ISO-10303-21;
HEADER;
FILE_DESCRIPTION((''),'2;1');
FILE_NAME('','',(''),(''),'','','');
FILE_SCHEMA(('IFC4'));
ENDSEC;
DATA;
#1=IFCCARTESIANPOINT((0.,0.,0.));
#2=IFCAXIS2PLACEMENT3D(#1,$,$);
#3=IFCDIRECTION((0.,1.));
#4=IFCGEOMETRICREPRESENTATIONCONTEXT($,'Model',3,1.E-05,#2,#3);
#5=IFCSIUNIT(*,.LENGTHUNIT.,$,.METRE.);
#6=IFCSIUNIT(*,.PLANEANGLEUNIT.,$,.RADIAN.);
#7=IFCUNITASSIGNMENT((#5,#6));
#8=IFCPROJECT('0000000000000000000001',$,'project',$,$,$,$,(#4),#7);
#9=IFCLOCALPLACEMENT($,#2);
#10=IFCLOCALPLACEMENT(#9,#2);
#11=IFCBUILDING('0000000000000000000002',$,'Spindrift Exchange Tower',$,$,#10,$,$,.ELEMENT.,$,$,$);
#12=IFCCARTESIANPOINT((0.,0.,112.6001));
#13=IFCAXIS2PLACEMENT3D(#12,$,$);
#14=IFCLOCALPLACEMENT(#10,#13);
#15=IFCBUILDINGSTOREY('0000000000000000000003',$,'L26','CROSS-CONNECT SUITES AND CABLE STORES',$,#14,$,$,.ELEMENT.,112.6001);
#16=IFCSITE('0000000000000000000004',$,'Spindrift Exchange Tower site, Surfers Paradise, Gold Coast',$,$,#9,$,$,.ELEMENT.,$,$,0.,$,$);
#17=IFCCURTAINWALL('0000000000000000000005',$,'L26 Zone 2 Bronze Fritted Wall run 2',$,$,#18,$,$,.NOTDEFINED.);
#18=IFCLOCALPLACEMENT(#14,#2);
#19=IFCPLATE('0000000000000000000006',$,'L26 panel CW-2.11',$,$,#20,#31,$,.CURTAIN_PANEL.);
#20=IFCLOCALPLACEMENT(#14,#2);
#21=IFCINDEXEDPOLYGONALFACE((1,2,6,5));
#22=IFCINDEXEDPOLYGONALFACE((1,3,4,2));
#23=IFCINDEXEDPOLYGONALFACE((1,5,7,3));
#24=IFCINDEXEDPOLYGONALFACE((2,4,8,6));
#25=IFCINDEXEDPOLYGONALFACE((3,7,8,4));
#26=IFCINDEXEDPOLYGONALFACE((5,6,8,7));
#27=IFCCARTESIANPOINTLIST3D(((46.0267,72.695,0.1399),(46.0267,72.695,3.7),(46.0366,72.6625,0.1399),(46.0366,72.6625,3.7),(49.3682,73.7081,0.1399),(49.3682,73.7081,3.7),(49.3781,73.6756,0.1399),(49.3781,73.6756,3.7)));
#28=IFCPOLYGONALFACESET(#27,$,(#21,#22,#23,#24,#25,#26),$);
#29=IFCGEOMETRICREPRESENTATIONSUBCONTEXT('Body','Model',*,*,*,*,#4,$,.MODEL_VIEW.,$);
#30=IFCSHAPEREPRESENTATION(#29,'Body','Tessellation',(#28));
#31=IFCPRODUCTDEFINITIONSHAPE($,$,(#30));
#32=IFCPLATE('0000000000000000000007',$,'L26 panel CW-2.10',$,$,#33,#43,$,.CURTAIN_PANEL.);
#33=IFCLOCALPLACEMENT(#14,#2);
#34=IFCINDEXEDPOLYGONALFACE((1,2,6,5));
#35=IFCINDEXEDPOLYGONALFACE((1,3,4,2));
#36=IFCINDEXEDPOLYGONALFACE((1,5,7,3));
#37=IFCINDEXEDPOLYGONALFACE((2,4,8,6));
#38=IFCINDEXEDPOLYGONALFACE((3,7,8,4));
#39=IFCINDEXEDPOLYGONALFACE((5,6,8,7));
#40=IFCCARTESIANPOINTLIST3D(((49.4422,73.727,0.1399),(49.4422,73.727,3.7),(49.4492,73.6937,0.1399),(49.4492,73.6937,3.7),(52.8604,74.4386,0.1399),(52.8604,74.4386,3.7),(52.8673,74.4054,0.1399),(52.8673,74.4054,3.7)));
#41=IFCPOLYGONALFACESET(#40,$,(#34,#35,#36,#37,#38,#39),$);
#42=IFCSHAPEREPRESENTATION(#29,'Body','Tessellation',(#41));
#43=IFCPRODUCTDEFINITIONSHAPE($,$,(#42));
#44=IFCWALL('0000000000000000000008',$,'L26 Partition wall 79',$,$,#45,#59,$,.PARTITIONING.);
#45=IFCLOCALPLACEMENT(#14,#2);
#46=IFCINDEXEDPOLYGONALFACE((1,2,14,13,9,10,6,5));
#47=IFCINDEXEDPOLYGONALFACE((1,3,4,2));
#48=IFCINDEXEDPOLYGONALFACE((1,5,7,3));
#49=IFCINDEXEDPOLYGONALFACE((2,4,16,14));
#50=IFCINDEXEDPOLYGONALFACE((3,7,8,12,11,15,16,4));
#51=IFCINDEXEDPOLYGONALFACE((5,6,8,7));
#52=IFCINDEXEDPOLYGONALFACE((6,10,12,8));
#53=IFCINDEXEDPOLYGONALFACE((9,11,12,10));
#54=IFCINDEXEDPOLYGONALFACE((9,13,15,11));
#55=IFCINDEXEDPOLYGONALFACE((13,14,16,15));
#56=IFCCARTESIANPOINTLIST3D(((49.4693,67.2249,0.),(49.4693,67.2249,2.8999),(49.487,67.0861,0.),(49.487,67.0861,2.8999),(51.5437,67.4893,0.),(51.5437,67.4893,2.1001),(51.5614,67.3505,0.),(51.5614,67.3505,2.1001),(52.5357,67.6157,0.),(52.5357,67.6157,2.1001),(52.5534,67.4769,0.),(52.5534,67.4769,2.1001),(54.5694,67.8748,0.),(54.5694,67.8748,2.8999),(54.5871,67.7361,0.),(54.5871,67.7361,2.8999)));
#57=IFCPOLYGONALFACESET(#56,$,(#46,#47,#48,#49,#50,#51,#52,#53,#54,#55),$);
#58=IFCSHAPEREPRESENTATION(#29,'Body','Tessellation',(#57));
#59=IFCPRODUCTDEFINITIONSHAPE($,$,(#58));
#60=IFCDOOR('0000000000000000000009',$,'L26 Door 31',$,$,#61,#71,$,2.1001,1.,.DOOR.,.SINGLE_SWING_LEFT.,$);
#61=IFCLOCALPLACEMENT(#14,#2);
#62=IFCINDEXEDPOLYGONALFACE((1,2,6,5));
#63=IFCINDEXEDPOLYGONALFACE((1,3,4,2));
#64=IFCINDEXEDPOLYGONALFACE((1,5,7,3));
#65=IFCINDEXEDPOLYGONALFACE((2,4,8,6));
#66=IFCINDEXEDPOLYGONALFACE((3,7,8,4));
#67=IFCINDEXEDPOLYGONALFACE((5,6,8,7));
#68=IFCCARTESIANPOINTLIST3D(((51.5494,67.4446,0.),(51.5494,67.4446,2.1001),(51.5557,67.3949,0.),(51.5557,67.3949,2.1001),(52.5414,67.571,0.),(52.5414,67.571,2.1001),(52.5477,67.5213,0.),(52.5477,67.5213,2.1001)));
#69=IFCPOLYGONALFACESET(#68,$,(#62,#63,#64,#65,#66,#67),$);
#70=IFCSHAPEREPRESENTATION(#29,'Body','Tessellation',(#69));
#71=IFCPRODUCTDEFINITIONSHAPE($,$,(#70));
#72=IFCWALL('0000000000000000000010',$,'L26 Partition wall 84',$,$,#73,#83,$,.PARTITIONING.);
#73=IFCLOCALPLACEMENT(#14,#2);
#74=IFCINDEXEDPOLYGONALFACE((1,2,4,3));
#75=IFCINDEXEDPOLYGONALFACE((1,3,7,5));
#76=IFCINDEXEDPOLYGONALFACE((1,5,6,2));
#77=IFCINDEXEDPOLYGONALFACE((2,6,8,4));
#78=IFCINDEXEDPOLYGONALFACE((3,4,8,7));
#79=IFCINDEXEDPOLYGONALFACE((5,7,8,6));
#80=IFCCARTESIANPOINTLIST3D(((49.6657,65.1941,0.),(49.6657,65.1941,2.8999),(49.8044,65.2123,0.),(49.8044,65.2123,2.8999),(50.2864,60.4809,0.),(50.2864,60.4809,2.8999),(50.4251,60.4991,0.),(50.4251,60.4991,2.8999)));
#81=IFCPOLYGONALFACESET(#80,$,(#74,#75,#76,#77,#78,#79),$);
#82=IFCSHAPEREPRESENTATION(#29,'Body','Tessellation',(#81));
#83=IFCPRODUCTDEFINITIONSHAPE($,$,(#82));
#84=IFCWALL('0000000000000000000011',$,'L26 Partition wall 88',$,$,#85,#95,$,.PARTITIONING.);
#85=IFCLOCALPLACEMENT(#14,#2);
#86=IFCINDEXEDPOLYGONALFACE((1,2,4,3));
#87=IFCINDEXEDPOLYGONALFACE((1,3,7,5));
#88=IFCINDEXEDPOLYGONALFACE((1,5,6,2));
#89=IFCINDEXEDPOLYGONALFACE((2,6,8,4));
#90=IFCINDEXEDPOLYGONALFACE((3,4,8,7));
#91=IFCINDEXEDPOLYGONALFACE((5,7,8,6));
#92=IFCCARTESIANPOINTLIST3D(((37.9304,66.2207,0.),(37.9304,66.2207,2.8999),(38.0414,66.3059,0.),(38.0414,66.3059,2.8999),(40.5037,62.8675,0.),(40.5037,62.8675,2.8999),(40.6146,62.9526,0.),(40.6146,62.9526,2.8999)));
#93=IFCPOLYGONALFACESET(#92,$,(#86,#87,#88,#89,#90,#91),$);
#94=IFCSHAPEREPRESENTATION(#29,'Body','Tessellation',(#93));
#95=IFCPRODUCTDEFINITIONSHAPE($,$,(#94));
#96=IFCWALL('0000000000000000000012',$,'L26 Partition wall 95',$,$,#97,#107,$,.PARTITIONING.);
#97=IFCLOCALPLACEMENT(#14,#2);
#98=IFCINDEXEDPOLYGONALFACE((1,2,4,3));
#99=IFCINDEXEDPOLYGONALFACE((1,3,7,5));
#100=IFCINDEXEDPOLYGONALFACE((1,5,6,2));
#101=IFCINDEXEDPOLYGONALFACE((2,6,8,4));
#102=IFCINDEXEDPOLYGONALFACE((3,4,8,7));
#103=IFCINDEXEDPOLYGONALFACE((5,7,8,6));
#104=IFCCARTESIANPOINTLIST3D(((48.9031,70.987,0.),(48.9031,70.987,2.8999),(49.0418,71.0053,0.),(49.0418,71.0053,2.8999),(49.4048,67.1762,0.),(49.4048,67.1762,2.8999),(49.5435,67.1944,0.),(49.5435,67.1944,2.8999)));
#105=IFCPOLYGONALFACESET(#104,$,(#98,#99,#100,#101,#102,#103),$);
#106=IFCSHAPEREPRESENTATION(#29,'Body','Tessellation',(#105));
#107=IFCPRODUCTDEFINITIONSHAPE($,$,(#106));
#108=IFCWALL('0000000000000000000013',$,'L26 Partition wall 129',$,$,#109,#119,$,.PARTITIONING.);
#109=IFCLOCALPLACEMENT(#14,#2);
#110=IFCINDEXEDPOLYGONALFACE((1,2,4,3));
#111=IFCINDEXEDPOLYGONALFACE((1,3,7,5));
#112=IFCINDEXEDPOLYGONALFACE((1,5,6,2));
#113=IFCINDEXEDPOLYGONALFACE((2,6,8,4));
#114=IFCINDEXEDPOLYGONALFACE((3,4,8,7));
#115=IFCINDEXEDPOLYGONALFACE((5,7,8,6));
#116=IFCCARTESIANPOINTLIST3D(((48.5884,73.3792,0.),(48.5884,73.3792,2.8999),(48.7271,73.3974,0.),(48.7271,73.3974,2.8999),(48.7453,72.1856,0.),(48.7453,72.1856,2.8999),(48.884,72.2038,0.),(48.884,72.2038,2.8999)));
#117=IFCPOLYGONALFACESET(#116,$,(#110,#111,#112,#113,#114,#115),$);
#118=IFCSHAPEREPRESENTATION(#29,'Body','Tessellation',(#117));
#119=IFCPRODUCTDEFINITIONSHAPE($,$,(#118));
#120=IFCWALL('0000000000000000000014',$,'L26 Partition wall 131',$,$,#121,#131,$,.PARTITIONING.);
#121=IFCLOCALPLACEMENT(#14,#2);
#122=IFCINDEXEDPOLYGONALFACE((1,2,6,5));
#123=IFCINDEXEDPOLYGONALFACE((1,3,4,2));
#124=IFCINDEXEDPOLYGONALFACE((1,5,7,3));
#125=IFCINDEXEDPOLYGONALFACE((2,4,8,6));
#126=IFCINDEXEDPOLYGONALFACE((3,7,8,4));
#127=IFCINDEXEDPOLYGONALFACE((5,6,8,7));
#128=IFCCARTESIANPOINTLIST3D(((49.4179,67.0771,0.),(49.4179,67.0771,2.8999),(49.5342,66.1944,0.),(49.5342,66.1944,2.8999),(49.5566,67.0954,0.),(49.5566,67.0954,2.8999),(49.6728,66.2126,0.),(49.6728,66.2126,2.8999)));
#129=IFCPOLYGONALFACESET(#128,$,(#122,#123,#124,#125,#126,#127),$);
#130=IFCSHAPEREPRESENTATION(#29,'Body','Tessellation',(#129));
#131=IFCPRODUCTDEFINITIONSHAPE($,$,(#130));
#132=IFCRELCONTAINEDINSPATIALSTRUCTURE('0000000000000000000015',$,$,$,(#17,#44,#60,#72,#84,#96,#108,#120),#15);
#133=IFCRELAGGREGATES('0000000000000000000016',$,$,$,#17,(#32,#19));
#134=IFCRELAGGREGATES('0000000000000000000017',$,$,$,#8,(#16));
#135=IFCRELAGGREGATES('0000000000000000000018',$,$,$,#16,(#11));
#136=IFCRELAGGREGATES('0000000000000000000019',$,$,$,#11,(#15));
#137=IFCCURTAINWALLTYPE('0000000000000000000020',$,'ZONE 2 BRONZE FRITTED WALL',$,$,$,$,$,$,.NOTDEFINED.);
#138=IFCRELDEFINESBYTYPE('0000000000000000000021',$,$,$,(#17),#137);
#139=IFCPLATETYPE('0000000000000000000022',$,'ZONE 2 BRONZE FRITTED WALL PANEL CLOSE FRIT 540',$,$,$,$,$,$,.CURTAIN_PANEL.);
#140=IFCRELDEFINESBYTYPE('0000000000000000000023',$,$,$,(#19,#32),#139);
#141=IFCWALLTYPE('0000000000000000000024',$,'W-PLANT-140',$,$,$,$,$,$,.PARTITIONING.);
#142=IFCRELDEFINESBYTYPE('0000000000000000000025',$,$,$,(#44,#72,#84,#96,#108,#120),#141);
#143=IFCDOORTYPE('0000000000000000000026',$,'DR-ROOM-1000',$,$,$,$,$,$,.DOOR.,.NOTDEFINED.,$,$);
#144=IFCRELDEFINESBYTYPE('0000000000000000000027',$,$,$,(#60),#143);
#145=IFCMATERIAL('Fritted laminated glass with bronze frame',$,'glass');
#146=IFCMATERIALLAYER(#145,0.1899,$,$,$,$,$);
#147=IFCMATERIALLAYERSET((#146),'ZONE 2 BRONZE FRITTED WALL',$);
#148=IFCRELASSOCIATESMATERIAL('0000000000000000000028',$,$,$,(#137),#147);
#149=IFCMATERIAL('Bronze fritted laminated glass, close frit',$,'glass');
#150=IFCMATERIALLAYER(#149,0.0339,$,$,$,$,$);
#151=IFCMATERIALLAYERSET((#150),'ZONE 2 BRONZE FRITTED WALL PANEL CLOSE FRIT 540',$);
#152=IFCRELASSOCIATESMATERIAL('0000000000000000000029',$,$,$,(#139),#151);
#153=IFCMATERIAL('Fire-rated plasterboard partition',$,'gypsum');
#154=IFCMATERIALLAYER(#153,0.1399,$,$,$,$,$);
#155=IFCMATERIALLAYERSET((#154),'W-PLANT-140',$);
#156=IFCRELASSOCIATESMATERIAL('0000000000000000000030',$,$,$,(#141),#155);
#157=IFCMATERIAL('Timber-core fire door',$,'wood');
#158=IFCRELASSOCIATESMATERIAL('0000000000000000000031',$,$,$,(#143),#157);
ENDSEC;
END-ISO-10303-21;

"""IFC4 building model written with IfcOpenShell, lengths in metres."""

from ifc_helpers import new_model, si_unit, direction, frame, frame_2d, origin, origin_2d, place, context, subcontext, project, spatial, rectangle, extrude, source, transform, mapped, material, layer, layer_set, type_object, element, fill, aggregate, save


model = new_model("IFC4")

# Units and contexts
model_context = context("Model", 3, precision=1e-05, world=origin(), true_north=direction((0.0, 1.0)))
body_context = subcontext(model_context, "Body", "Model", "MODEL_VIEW")
ifc_project = project(units=[si_unit("LENGTHUNIT", "METRE"), si_unit("PLANEANGLEUNIT", "RADIAN")], contexts=[model_context])

# Site, building, storey
site_placement = place(None, origin())
site = spatial("IfcSite", under=ifc_project, at=site_placement, Name="Spindrift Exchange Tower site, Surfers Paradise, Gold Coast", CompositionType="ELEMENT", RefElevation=0.0)
building_placement = place(site_placement, origin())
building = spatial("IfcBuilding", under=site, at=building_placement, Name="Spindrift Exchange Tower", CompositionType="ELEMENT")
storey_placement = place(building_placement, frame((0.0, 0.0, 112.6001)))
storey = spatial("IfcBuildingStorey", under=building, at=storey_placement, Name="L26", Description="CROSS-CONNECT SUITES AND CABLE STORES", CompositionType="ELEMENT", Elevation=112.6001)

# Curtain wall
ifc_material_1 = material(Name="Fritted laminated glass with bronze frame", Category="glass")
ifc_layer_1 = layer(ifc_material_1, 0.1899)
ifc_layer_set_1 = layer_set([ifc_layer_1], Name="ZONE 2 BRONZE FRITTED WALL")
curtain_wall_type = type_object("IfcCurtainWallType", Name="ZONE 2 BRONZE FRITTED WALL", PredefinedType="NOTDEFINED", material=ifc_layer_set_1)
curtain_wall_1_placement = place(storey_placement, origin())
curtain_wall_1 = element("IfcCurtainWall", 1, at=curtain_wall_1_placement, inside=storey, type_object=curtain_wall_type, Name="L26 Zone 2 Bronze Fritted Wall run 2", PredefinedType="NOTDEFINED")

# Plates
ifc_material_2 = material(Name="Bronze fritted laminated glass, close frit", Category="glass")
ifc_layer_2 = layer(ifc_material_2, 0.0339)
ifc_layer_set_2 = layer_set([ifc_layer_2], Name="ZONE 2 BRONZE FRITTED WALL PANEL CLOSE FRIT 540")
plate_type_1 = type_object("IfcPlateType", Name="ZONE 2 BRONZE FRITTED WALL PANEL CLOSE FRIT 540", PredefinedType="CURTAIN_PANEL", material=ifc_layer_set_2)
shared_shape_1 = source(origin(), body_context, "Body", "SweptSolid", [
    extrude(rectangle(XDim=3.4917, YDim=0.0339, at=origin_2d()), origin(), (0.0, 0.0, 1.0), 3.5601),
])
plate_1_placement = place(storey_placement, frame((47.7024, 73.1853, 0.1399), z_axis=(0.0, 0.0, 1.0), x_axis=(-0.956978, -0.290161, 0.0)))
plate_1 = element("IfcPlate", 2, at=plate_1_placement, type_object=plate_type_1, Name="L26 panel CW-2.11", PredefinedType="CURTAIN_PANEL", context=body_context, shape_type="MappedRepresentation", body=[
    mapped(shared_shape_1, transform((0.0, 0.0, 0.0), scale=1.0)),
])
shared_shape_2 = source(origin(), body_context, "Body", "SweptSolid", [
    extrude(rectangle(XDim=3.4915, YDim=0.0339, at=origin_2d()), origin(), (0.0, 0.0, 1.0), 3.5601),
])
plate_2_placement = place(storey_placement, frame((51.1548, 74.0662, 0.1399), z_axis=(0.0, 0.0, 1.0), x_axis=(-0.979009, -0.203816, 0.0)))
plate_2 = element("IfcPlate", 3, at=plate_2_placement, type_object=plate_type_1, Name="L26 panel CW-2.10", PredefinedType="CURTAIN_PANEL", context=body_context, shape_type="MappedRepresentation", body=[
    mapped(shared_shape_2, transform((0.0, 0.0, 0.0), scale=1.0)),
])
aggregate(curtain_wall_1, [plate_2, plate_1])

# Wall, opening, door
ifc_material_3 = material(Name="Fire-rated plasterboard partition", Category="gypsum")
ifc_layer_3 = layer(ifc_material_3, 0.1399)
ifc_layer_set_3 = layer_set([ifc_layer_3], Name="W-PLANT-140")
wall_type = type_object("IfcWallType", Name="W-PLANT-140", PredefinedType="PARTITIONING", material=ifc_layer_set_3)
wall_1_placement = place(storey_placement, frame((49.478, 67.1555, 0.0), z_axis=(0.0, 0.0, 1.0), x_axis=(0.991978, 0.126407, 0.0)))
wall_1 = element("IfcWall", 4, at=wall_1_placement, inside=storey, type_object=wall_type, Name="L26 Partition wall 79", PredefinedType="PARTITIONING", context=body_context, shape_type="SweptSolid", body=[
    extrude(rectangle(XDim=5.1414, YDim=0.1399, at=frame_2d((2.5708, 0.0))), origin(), (0.0, 0.0, 1.0), 2.8999),
])
opening_placement = place(wall_1_placement, frame((2.0913, 0.0, 0.0)))
opening = element("IfcOpeningElement", 5, at=opening_placement, cuts=wall_1, PredefinedType="OPENING", context=body_context, shape_type="SweptSolid", body=[
    extrude(rectangle(XDim=1.0, YDim=2.1001, at=frame_2d((0.5, 1.05))), frame((0.0, 0.0798, 0.0), z_axis=(0.0, -1.0, 0.0), x_axis=(1.0, 0.0, 0.0)), (0.0, 0.0, 1.0), 0.1599),
])
ifc_material_4 = material(Name="Timber-core fire door", Category="wood")
door_type = type_object("IfcDoorType", Name="DR-ROOM-1000", OperationType="NOTDEFINED", PredefinedType="DOOR", material=ifc_material_4)
shared_shape_3 = source(origin(), body_context, "Body", "SweptSolid", [
    extrude(rectangle(XDim=1.0, YDim=2.1001, at=frame_2d((0.5, 1.05))), frame((0.0, 0.0249, 0.0), z_axis=(0.0, -1.0, 0.0), x_axis=(1.0, 0.0, 0.0)), (0.0, 0.0, 1.0), 0.05),
])
door_placement = place(opening_placement, origin())
door = element("IfcDoor", 6, at=door_placement, inside=storey, type_object=door_type, Name="L26 Door 31", OperationType="SINGLE_SWING_LEFT", OverallHeight=2.1001, OverallWidth=1.0, PredefinedType="DOOR", context=body_context, shape_type="MappedRepresentation", body=[
    mapped(shared_shape_3, transform((0.0, 0.0, 0.0), scale=1.0)),
])
fill(opening, door)

# Walls
wall_2_placement = place(storey_placement, frame((50.3557, 60.49, 0.0), z_axis=(0.0, 0.0, 1.0), x_axis=(-0.130549, 0.991442, 0.0)))
element("IfcWall", 7, at=wall_2_placement, inside=storey, type_object=wall_type, Name="L26 Partition wall 84", PredefinedType="PARTITIONING", context=body_context, shape_type="SweptSolid", body=[
    extrude(rectangle(XDim=4.7539, YDim=0.1399, at=frame_2d((2.377, 0.0))), origin(), (0.0, 0.0, 1.0), 2.8999),
])
wall_3_placement = place(storey_placement, frame((40.5591, 62.9102, 0.0), z_axis=(0.0, 0.0, 1.0), x_axis=(-0.608789, 0.793332, 0.0)))
element("IfcWall", 8, at=wall_3_placement, inside=storey, type_object=wall_type, Name="L26 Partition wall 88", PredefinedType="PARTITIONING", context=body_context, shape_type="SweptSolid", body=[
    extrude(rectangle(XDim=4.2268, YDim=0.1399, at=frame_2d((2.1133, 0.0))), origin(), (0.0, 0.0, 1.0), 2.8999),
])
wall_4_placement = place(storey_placement, frame((49.4741, 67.1853, 0.0), z_axis=(0.0, 0.0, 1.0), x_axis=(-0.130528, 0.991445, 0.0)))
element("IfcWall", 9, at=wall_4_placement, inside=storey, type_object=wall_type, Name="L26 Partition wall 95", PredefinedType="PARTITIONING", context=body_context, shape_type="SweptSolid", body=[
    extrude(rectangle(XDim=3.8438, YDim=0.1399, at=frame_2d((1.9219, 0.0))), origin(), (0.0, 0.0, 1.0), 2.8999),
])
wall_5_placement = place(storey_placement, frame((48.8147, 72.1946, 0.0), z_axis=(0.0, 0.0, 1.0), x_axis=(-0.130397, 0.991462, 0.0)))
element("IfcWall", 10, at=wall_5_placement, inside=storey, type_object=wall_type, Name="L26 Partition wall 129", PredefinedType="PARTITIONING", context=body_context, shape_type="SweptSolid", body=[
    extrude(rectangle(XDim=1.2039, YDim=0.1399, at=frame_2d((0.6021, 0.0))), origin(), (0.0, 0.0, 1.0), 2.8999),
])
wall_6_placement = place(storey_placement, frame((49.6035, 66.2034, 0.0), z_axis=(0.0, 0.0, 1.0), x_axis=(-0.130511, 0.991447, 0.0)))
element("IfcWall", 11, at=wall_6_placement, inside=storey, type_object=wall_type, Name="L26 Partition wall 131", PredefinedType="PARTITIONING", context=body_context, shape_type="SweptSolid", body=[
    extrude(rectangle(XDim=0.8904, YDim=0.1399, at=frame_2d((0.4453, 0.0))), origin(), (0.0, 0.0, 1.0), 2.8999),
])

save(model, "model.ifc")
